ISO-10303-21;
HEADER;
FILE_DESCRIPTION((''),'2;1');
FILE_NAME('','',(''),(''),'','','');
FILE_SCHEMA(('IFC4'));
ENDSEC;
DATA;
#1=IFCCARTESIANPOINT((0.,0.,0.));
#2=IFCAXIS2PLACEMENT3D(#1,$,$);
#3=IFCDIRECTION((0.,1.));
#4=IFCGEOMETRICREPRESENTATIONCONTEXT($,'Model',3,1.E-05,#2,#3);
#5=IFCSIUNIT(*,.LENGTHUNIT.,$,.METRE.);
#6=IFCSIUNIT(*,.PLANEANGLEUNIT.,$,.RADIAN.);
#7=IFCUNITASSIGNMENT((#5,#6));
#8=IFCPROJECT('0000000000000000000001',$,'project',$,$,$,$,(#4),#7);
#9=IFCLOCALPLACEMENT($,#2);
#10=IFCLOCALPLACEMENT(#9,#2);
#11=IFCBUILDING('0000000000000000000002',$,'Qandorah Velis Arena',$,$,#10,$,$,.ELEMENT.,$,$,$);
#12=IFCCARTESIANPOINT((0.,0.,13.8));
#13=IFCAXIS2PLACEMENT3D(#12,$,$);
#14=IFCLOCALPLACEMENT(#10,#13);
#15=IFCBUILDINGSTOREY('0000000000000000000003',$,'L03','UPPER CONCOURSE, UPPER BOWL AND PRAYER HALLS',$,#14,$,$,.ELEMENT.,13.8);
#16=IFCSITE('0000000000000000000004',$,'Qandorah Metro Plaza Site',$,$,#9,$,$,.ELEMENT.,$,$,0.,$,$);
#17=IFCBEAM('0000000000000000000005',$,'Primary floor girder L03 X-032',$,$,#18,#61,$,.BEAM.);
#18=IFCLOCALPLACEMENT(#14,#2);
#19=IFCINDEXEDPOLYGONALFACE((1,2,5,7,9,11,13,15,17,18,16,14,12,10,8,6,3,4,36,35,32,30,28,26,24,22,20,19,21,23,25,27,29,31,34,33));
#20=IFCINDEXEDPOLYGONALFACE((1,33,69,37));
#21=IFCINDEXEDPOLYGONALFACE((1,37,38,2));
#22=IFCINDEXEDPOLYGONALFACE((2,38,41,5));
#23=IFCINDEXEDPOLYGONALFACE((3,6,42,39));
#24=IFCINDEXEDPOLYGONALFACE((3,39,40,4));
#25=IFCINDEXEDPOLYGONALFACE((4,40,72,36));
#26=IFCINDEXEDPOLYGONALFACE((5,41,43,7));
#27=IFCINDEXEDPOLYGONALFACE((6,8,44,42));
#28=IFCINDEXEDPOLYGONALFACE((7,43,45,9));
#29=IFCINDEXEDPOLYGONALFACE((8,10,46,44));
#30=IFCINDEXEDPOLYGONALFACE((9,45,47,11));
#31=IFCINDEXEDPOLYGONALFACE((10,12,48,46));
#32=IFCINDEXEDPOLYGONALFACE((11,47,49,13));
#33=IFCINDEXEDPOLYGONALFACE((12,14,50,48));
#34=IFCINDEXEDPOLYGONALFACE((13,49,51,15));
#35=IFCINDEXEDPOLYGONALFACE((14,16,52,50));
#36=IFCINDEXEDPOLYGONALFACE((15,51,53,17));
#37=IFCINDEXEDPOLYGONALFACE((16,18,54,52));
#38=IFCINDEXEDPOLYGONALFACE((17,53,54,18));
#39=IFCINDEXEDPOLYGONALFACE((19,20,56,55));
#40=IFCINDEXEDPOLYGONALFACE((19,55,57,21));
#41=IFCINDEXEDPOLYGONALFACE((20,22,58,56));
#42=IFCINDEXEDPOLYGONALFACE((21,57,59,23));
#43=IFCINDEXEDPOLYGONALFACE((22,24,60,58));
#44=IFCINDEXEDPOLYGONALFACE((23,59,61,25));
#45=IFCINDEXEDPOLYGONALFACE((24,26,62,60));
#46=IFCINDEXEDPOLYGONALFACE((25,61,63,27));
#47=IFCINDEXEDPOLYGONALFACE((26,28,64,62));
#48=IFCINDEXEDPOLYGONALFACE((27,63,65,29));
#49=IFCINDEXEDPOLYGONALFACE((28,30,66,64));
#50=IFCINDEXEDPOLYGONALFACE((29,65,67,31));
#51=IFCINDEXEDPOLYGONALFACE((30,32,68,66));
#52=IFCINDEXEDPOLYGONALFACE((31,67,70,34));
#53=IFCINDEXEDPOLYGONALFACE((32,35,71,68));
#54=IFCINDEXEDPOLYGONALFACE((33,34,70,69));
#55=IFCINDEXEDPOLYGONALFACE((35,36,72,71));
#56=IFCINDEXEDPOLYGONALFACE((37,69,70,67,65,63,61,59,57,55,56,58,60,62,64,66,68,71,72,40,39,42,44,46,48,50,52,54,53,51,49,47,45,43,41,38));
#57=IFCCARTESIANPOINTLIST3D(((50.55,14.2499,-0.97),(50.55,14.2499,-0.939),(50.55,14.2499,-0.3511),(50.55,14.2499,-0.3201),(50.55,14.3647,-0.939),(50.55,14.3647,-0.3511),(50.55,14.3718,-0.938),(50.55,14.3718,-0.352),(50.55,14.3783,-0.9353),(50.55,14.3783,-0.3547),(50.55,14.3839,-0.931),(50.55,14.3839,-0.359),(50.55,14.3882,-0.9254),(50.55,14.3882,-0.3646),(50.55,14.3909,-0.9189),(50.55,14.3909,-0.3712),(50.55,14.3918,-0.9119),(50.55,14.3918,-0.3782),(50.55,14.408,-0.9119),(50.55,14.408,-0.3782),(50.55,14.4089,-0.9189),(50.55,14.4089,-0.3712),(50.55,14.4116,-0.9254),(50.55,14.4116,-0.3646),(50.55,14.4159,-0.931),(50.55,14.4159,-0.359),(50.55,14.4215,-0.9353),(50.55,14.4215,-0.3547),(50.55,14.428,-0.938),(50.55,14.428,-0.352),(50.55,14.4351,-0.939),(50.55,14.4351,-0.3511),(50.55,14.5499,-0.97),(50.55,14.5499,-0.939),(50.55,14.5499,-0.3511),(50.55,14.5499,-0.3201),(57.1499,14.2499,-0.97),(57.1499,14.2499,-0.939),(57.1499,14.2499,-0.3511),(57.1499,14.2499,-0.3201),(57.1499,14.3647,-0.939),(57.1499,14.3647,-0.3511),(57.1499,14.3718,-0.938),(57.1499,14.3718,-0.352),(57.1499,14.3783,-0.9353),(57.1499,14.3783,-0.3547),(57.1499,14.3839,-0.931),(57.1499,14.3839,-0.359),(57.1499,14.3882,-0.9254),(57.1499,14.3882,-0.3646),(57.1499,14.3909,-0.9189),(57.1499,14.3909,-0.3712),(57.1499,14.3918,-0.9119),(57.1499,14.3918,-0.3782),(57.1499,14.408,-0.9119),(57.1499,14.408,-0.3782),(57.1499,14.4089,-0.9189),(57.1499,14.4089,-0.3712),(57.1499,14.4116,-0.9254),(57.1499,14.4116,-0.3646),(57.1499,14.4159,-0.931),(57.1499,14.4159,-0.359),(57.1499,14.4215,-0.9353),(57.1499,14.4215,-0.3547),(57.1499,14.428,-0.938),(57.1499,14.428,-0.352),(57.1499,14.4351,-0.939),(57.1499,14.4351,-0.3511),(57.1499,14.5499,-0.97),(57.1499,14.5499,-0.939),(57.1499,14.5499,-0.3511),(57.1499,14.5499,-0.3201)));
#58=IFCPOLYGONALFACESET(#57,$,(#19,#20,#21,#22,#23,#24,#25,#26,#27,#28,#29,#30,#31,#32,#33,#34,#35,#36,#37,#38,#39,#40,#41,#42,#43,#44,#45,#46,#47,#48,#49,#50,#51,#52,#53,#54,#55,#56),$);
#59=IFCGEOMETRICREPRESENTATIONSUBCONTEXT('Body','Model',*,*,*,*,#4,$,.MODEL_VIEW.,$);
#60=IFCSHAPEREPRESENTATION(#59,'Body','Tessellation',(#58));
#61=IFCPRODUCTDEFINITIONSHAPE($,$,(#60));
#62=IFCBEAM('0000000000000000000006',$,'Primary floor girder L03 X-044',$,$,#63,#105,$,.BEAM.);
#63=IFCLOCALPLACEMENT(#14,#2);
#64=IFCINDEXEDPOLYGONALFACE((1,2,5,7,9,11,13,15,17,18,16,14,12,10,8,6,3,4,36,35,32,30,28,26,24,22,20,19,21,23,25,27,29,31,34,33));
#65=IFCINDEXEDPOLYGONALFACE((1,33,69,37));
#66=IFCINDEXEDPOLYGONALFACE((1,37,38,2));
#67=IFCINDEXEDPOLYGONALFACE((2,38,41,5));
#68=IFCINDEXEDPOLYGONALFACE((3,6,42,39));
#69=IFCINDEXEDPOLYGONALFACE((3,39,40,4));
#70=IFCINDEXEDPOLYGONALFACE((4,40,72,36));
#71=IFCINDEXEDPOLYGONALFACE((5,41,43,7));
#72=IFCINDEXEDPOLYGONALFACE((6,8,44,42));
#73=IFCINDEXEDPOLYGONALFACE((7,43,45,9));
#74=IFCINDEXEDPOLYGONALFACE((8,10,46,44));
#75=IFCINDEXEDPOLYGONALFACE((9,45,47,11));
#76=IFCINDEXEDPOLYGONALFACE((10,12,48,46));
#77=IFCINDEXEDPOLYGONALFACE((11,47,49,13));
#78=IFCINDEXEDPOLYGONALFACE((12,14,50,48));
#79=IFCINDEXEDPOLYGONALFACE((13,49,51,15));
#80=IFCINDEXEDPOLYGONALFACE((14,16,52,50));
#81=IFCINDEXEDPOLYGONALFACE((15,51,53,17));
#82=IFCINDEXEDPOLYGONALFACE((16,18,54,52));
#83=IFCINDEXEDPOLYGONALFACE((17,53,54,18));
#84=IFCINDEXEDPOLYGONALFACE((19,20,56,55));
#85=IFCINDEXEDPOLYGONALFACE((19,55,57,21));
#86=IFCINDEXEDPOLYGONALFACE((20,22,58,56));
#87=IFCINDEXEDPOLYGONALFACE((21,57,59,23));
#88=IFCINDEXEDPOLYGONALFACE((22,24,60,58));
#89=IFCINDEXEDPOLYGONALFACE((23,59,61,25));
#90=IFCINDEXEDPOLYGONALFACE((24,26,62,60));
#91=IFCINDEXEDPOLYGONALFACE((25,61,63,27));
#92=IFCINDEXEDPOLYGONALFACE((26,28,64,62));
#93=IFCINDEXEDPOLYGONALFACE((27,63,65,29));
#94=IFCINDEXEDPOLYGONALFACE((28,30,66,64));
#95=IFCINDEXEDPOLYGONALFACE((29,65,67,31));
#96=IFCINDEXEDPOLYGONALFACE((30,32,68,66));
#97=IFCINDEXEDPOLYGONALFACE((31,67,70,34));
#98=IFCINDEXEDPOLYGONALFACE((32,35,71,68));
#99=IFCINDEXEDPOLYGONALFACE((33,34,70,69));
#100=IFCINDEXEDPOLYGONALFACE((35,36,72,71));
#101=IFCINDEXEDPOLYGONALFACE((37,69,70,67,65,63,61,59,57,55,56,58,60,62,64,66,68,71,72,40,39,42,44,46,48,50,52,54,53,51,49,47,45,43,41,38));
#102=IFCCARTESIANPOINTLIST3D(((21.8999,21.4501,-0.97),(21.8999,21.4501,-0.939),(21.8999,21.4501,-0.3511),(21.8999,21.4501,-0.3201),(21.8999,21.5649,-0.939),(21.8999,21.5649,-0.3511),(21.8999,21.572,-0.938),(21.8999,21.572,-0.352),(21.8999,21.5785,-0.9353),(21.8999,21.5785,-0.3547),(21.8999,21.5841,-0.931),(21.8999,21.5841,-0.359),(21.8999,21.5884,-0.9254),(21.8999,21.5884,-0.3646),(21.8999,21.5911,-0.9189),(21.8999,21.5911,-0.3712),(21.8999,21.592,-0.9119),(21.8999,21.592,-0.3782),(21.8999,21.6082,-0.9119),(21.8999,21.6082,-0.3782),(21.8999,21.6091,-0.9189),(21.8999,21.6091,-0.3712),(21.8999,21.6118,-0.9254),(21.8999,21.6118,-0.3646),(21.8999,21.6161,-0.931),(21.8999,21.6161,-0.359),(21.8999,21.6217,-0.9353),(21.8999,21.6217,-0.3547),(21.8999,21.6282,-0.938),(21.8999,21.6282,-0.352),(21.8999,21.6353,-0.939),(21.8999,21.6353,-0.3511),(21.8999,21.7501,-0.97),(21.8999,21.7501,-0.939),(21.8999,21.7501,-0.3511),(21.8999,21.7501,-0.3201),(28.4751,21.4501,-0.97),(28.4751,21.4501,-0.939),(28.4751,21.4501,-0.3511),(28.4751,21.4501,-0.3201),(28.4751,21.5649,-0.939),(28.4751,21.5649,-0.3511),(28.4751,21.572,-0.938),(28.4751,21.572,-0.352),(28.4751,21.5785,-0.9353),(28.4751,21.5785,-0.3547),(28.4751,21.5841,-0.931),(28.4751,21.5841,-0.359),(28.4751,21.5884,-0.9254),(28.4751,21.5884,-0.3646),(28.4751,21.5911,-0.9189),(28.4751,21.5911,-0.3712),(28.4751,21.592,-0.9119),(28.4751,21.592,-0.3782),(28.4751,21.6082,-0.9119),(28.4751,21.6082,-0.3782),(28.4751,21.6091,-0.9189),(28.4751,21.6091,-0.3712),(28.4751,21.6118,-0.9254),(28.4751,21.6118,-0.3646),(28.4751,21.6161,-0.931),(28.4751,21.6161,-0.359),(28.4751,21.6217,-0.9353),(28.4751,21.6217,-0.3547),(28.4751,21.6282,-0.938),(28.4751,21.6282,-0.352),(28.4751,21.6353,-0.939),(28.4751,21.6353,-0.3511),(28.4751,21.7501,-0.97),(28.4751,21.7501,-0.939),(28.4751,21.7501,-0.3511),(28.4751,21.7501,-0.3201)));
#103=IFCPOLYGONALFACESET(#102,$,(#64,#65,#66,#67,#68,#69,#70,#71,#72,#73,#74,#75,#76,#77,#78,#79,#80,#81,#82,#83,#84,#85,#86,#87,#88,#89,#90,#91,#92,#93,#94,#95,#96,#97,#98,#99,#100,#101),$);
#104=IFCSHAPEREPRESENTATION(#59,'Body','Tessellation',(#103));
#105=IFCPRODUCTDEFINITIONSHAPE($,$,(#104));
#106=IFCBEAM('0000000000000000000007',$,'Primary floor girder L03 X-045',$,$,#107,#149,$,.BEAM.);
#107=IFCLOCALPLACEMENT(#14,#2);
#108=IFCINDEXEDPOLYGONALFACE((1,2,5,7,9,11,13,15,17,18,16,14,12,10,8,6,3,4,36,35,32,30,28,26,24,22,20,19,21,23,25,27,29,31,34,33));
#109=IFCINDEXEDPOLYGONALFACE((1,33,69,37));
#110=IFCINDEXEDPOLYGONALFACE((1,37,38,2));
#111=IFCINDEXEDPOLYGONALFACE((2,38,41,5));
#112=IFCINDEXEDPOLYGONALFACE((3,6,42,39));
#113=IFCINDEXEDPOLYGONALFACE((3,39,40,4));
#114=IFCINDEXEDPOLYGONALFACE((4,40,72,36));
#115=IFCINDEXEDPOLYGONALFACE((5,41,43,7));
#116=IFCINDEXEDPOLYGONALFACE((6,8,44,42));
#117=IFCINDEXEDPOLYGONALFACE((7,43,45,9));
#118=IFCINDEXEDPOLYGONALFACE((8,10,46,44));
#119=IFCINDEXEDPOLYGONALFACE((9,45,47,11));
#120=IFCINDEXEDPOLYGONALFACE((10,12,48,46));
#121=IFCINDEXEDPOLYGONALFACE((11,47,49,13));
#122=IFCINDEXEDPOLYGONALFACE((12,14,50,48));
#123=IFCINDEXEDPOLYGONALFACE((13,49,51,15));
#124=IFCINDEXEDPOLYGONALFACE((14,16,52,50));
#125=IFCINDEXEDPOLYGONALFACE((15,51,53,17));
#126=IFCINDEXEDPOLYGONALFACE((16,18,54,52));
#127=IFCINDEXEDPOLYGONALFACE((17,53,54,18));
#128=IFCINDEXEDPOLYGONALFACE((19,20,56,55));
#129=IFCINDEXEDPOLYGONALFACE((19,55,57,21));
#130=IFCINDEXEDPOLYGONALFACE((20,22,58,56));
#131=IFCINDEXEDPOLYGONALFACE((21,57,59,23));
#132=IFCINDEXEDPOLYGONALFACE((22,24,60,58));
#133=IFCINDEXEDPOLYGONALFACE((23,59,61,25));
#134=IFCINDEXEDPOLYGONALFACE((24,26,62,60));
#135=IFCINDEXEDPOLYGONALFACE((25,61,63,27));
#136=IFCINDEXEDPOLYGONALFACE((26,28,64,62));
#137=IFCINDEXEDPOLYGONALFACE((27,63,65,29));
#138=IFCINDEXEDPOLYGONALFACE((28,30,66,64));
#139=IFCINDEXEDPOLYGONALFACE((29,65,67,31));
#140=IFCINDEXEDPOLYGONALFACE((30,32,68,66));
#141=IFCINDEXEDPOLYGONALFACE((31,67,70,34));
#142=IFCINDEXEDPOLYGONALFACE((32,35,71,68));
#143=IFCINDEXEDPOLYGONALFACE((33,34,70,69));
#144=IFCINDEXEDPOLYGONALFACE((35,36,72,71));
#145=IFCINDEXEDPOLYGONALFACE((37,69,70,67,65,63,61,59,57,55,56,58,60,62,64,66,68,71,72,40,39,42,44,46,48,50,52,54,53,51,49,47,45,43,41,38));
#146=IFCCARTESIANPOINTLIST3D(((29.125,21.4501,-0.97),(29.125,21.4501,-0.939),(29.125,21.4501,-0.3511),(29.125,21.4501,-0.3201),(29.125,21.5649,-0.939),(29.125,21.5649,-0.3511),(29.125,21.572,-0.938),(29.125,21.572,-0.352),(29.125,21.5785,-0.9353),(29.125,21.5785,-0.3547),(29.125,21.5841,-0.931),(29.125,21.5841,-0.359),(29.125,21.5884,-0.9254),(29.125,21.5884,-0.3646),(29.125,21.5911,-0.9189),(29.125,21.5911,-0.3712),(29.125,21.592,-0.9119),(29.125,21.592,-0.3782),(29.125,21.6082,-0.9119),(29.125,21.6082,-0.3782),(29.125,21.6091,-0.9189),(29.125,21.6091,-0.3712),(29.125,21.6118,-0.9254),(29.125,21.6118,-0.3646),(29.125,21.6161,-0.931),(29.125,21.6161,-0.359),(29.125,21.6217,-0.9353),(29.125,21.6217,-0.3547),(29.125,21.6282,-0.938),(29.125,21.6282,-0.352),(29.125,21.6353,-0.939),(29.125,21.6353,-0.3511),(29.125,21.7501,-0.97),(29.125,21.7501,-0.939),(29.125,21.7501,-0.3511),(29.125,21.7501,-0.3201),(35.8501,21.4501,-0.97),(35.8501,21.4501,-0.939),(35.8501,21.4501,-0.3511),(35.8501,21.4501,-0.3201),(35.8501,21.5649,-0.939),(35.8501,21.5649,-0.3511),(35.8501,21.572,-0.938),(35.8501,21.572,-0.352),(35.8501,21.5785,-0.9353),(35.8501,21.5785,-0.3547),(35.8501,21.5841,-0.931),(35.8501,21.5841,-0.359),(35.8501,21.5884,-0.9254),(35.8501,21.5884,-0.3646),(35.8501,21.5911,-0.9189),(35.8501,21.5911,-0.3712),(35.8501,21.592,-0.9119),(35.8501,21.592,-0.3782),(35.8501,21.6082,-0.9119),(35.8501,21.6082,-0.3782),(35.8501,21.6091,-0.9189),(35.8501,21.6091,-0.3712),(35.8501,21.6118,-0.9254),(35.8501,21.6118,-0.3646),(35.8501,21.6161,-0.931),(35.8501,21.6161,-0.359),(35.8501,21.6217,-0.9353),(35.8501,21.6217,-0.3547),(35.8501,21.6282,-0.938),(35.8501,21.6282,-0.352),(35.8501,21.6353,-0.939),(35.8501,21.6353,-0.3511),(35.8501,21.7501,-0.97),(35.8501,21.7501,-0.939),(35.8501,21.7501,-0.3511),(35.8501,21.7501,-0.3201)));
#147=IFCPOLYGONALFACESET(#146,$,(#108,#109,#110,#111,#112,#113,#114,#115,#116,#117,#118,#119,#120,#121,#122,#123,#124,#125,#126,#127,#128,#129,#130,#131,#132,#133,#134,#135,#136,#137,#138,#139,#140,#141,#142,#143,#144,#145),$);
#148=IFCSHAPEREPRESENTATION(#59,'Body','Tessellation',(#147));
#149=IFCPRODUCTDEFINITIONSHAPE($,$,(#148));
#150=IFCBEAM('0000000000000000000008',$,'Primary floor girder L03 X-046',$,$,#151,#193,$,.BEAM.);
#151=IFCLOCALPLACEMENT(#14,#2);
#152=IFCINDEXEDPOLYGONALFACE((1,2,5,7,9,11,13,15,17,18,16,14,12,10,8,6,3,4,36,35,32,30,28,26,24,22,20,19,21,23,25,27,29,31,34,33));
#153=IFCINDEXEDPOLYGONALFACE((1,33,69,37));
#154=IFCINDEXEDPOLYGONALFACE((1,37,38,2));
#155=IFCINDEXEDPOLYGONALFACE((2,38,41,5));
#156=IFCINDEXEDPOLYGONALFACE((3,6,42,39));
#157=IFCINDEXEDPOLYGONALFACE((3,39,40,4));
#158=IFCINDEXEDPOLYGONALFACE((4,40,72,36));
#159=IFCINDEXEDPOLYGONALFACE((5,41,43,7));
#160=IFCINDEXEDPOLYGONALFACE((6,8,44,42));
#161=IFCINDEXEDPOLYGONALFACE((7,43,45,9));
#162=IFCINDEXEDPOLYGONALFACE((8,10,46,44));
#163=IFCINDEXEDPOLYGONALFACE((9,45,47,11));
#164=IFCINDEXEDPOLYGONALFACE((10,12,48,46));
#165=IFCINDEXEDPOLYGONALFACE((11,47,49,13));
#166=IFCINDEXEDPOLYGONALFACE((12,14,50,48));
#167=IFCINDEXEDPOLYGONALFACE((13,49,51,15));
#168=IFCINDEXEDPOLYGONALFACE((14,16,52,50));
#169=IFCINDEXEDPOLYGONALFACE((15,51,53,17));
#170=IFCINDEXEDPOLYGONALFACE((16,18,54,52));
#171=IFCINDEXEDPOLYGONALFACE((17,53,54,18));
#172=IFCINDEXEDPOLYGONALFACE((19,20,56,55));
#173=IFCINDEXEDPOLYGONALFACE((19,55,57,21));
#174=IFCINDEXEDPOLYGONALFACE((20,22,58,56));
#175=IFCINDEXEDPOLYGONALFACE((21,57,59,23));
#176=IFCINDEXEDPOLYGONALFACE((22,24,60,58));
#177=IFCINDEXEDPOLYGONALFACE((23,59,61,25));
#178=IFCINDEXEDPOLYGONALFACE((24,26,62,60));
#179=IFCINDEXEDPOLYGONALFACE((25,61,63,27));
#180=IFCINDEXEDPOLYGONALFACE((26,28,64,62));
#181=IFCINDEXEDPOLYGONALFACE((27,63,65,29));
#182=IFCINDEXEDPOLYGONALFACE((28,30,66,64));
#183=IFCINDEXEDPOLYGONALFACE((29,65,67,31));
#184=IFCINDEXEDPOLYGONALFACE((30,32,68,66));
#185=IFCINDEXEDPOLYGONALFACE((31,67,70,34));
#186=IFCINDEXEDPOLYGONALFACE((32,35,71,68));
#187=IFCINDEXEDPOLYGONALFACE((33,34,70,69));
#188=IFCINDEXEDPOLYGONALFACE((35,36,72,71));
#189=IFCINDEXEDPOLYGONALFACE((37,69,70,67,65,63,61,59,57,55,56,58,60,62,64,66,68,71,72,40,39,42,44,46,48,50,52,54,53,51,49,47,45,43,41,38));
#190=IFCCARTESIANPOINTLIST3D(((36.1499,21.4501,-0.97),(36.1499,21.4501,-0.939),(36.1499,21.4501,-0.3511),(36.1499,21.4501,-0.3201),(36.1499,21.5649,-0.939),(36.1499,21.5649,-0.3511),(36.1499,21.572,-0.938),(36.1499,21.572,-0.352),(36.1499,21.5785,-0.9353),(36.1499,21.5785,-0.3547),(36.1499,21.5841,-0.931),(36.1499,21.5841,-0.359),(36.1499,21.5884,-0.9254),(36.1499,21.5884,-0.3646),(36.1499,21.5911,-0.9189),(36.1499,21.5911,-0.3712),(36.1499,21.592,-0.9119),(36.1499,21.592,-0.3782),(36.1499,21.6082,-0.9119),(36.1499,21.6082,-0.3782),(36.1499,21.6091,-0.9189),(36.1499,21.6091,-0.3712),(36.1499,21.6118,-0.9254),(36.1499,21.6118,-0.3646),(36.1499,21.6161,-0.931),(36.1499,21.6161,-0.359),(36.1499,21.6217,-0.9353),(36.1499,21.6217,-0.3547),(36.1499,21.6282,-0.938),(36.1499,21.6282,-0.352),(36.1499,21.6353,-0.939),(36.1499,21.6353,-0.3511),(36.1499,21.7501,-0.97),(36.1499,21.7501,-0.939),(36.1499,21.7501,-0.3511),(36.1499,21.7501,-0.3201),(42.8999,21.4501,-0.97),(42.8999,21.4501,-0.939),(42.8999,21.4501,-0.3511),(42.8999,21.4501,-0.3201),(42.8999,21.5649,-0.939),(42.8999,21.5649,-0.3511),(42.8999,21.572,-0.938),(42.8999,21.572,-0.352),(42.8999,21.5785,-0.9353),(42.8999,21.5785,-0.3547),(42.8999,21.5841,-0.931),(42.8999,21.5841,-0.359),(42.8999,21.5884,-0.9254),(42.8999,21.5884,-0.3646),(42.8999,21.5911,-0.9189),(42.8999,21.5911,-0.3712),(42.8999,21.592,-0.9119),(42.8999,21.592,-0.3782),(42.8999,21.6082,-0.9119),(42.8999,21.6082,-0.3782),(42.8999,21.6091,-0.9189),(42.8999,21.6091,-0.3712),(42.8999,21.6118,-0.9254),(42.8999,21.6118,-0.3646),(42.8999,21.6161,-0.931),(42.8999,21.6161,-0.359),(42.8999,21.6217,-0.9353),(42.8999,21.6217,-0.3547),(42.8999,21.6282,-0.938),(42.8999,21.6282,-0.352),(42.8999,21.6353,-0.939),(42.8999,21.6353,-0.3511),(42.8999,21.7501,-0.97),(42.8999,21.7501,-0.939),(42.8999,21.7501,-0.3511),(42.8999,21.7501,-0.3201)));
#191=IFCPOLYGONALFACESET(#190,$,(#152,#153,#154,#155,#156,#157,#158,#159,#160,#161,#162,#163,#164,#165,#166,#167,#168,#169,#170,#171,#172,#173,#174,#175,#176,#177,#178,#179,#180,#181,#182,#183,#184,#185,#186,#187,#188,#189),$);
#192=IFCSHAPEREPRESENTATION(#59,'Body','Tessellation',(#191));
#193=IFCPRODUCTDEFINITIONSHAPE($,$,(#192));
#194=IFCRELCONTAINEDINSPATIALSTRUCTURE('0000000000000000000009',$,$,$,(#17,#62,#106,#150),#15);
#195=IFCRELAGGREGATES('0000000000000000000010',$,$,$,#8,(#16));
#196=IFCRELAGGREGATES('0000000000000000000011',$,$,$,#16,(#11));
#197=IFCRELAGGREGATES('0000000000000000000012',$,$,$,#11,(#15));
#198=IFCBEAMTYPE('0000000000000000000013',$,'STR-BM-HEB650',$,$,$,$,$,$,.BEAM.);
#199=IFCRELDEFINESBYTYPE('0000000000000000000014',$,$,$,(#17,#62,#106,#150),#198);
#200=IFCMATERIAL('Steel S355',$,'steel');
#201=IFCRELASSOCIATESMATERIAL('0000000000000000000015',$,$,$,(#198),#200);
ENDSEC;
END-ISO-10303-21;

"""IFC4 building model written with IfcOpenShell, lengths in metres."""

from ifc_helpers import new_model, si_unit, direction, frame, origin, origin_2d, place, context, subcontext, project, spatial, i_section, extrude, material, material_profile, profile_set, type_object, element, save


model = new_model("IFC4")

# Units and contexts
model_context = context("Model", 3, precision=1e-05, world=origin(), true_north=direction((0.0, 1.0)))
body_context = subcontext(model_context, "Body", "Model", "MODEL_VIEW")
ifc_project = project(units=[si_unit("LENGTHUNIT", "METRE"), si_unit("PLANEANGLEUNIT", "RADIAN")], contexts=[model_context])

# Site, building, storey
site_placement = place(None, origin())
site = spatial("IfcSite", under=ifc_project, at=site_placement, Name="Qandorah Metro Plaza Site", CompositionType="ELEMENT", RefElevation=0.0)
building_placement = place(site_placement, origin())
building = spatial("IfcBuilding", under=site, at=building_placement, Name="Qandorah Velis Arena", CompositionType="ELEMENT")
storey_placement = place(building_placement, frame((0.0, 0.0, 13.8)))
storey = spatial("IfcBuildingStorey", under=building, at=storey_placement, Name="L03", Description="UPPER CONCOURSE, UPPER BOWL AND PRAYER HALLS", CompositionType="ELEMENT", Elevation=13.8)

# Beams
ifc_material_1 = material(Name="Steel S355", Category="steel")
ifc_material_profile_1 = material_profile(ifc_material_1, i_section(OverallWidth=0.3, OverallDepth=0.6499, WebThickness=0.0161, FlangeThickness=0.031, FilletRadius=0.0271, at=origin_2d()), Name="HEB 650")
ifc_profile_set_1 = profile_set([ifc_material_profile_1], Name="Steel S355")
beam_type_1 = type_object("IfcBeamType", Name="STR-BM-HEB650", PredefinedType="BEAM", material=ifc_profile_set_1)
beam_1_placement = place(storey_placement, frame((50.55, 14.3999, -0.645), z_axis=(1.0, 0.0, 0.0), x_axis=(0.0, 1.0, 0.0)))
element("IfcBeam", 1, at=beam_1_placement, inside=storey, type_object=beam_type_1, Name="Primary floor girder L03 X-032", PredefinedType="BEAM", context=body_context, shape_type="SweptSolid", body=[
    extrude(i_section(OverallWidth=0.3, OverallDepth=0.6499, WebThickness=0.0161, FlangeThickness=0.031, FilletRadius=0.0271, at=origin_2d()), origin(), (0.0, 0.0, 1.0), 6.5999),
])
beam_2_placement = place(storey_placement, frame((21.8999, 21.6001, -0.645), z_axis=(1.0, 0.0, 0.0), x_axis=(0.0, 1.0, 0.0)))
element("IfcBeam", 2, at=beam_2_placement, inside=storey, type_object=beam_type_1, Name="Primary floor girder L03 X-044", PredefinedType="BEAM", context=body_context, shape_type="SweptSolid", body=[
    extrude(i_section(OverallWidth=0.3, OverallDepth=0.6499, WebThickness=0.0161, FlangeThickness=0.031, FilletRadius=0.0271, at=origin_2d()), origin(), (0.0, 0.0, 1.0), 6.5752),
])
beam_3_placement = place(storey_placement, frame((29.125, 21.6001, -0.645), z_axis=(1.0, 0.0, 0.0), x_axis=(0.0, 1.0, 0.0)))
element("IfcBeam", 3, at=beam_3_placement, inside=storey, type_object=beam_type_1, Name="Primary floor girder L03 X-045", PredefinedType="BEAM", context=body_context, shape_type="SweptSolid", body=[
    extrude(i_section(OverallWidth=0.3, OverallDepth=0.6499, WebThickness=0.0161, FlangeThickness=0.031, FilletRadius=0.0271, at=origin_2d()), origin(), (0.0, 0.0, 1.0), 6.7251),
])
beam_4_placement = place(storey_placement, frame((36.1499, 21.6001, -0.645), z_axis=(1.0, 0.0, 0.0), x_axis=(0.0, 1.0, 0.0)))
element("IfcBeam", 4, at=beam_4_placement, inside=storey, type_object=beam_type_1, Name="Primary floor girder L03 X-046", PredefinedType="BEAM", context=body_context, shape_type="SweptSolid", body=[
    extrude(i_section(OverallWidth=0.3, OverallDepth=0.6499, WebThickness=0.0161, FlangeThickness=0.031, FilletRadius=0.0271, at=origin_2d()), origin(), (0.0, 0.0, 1.0), 6.75),
])

save(model, "model.ifc")
